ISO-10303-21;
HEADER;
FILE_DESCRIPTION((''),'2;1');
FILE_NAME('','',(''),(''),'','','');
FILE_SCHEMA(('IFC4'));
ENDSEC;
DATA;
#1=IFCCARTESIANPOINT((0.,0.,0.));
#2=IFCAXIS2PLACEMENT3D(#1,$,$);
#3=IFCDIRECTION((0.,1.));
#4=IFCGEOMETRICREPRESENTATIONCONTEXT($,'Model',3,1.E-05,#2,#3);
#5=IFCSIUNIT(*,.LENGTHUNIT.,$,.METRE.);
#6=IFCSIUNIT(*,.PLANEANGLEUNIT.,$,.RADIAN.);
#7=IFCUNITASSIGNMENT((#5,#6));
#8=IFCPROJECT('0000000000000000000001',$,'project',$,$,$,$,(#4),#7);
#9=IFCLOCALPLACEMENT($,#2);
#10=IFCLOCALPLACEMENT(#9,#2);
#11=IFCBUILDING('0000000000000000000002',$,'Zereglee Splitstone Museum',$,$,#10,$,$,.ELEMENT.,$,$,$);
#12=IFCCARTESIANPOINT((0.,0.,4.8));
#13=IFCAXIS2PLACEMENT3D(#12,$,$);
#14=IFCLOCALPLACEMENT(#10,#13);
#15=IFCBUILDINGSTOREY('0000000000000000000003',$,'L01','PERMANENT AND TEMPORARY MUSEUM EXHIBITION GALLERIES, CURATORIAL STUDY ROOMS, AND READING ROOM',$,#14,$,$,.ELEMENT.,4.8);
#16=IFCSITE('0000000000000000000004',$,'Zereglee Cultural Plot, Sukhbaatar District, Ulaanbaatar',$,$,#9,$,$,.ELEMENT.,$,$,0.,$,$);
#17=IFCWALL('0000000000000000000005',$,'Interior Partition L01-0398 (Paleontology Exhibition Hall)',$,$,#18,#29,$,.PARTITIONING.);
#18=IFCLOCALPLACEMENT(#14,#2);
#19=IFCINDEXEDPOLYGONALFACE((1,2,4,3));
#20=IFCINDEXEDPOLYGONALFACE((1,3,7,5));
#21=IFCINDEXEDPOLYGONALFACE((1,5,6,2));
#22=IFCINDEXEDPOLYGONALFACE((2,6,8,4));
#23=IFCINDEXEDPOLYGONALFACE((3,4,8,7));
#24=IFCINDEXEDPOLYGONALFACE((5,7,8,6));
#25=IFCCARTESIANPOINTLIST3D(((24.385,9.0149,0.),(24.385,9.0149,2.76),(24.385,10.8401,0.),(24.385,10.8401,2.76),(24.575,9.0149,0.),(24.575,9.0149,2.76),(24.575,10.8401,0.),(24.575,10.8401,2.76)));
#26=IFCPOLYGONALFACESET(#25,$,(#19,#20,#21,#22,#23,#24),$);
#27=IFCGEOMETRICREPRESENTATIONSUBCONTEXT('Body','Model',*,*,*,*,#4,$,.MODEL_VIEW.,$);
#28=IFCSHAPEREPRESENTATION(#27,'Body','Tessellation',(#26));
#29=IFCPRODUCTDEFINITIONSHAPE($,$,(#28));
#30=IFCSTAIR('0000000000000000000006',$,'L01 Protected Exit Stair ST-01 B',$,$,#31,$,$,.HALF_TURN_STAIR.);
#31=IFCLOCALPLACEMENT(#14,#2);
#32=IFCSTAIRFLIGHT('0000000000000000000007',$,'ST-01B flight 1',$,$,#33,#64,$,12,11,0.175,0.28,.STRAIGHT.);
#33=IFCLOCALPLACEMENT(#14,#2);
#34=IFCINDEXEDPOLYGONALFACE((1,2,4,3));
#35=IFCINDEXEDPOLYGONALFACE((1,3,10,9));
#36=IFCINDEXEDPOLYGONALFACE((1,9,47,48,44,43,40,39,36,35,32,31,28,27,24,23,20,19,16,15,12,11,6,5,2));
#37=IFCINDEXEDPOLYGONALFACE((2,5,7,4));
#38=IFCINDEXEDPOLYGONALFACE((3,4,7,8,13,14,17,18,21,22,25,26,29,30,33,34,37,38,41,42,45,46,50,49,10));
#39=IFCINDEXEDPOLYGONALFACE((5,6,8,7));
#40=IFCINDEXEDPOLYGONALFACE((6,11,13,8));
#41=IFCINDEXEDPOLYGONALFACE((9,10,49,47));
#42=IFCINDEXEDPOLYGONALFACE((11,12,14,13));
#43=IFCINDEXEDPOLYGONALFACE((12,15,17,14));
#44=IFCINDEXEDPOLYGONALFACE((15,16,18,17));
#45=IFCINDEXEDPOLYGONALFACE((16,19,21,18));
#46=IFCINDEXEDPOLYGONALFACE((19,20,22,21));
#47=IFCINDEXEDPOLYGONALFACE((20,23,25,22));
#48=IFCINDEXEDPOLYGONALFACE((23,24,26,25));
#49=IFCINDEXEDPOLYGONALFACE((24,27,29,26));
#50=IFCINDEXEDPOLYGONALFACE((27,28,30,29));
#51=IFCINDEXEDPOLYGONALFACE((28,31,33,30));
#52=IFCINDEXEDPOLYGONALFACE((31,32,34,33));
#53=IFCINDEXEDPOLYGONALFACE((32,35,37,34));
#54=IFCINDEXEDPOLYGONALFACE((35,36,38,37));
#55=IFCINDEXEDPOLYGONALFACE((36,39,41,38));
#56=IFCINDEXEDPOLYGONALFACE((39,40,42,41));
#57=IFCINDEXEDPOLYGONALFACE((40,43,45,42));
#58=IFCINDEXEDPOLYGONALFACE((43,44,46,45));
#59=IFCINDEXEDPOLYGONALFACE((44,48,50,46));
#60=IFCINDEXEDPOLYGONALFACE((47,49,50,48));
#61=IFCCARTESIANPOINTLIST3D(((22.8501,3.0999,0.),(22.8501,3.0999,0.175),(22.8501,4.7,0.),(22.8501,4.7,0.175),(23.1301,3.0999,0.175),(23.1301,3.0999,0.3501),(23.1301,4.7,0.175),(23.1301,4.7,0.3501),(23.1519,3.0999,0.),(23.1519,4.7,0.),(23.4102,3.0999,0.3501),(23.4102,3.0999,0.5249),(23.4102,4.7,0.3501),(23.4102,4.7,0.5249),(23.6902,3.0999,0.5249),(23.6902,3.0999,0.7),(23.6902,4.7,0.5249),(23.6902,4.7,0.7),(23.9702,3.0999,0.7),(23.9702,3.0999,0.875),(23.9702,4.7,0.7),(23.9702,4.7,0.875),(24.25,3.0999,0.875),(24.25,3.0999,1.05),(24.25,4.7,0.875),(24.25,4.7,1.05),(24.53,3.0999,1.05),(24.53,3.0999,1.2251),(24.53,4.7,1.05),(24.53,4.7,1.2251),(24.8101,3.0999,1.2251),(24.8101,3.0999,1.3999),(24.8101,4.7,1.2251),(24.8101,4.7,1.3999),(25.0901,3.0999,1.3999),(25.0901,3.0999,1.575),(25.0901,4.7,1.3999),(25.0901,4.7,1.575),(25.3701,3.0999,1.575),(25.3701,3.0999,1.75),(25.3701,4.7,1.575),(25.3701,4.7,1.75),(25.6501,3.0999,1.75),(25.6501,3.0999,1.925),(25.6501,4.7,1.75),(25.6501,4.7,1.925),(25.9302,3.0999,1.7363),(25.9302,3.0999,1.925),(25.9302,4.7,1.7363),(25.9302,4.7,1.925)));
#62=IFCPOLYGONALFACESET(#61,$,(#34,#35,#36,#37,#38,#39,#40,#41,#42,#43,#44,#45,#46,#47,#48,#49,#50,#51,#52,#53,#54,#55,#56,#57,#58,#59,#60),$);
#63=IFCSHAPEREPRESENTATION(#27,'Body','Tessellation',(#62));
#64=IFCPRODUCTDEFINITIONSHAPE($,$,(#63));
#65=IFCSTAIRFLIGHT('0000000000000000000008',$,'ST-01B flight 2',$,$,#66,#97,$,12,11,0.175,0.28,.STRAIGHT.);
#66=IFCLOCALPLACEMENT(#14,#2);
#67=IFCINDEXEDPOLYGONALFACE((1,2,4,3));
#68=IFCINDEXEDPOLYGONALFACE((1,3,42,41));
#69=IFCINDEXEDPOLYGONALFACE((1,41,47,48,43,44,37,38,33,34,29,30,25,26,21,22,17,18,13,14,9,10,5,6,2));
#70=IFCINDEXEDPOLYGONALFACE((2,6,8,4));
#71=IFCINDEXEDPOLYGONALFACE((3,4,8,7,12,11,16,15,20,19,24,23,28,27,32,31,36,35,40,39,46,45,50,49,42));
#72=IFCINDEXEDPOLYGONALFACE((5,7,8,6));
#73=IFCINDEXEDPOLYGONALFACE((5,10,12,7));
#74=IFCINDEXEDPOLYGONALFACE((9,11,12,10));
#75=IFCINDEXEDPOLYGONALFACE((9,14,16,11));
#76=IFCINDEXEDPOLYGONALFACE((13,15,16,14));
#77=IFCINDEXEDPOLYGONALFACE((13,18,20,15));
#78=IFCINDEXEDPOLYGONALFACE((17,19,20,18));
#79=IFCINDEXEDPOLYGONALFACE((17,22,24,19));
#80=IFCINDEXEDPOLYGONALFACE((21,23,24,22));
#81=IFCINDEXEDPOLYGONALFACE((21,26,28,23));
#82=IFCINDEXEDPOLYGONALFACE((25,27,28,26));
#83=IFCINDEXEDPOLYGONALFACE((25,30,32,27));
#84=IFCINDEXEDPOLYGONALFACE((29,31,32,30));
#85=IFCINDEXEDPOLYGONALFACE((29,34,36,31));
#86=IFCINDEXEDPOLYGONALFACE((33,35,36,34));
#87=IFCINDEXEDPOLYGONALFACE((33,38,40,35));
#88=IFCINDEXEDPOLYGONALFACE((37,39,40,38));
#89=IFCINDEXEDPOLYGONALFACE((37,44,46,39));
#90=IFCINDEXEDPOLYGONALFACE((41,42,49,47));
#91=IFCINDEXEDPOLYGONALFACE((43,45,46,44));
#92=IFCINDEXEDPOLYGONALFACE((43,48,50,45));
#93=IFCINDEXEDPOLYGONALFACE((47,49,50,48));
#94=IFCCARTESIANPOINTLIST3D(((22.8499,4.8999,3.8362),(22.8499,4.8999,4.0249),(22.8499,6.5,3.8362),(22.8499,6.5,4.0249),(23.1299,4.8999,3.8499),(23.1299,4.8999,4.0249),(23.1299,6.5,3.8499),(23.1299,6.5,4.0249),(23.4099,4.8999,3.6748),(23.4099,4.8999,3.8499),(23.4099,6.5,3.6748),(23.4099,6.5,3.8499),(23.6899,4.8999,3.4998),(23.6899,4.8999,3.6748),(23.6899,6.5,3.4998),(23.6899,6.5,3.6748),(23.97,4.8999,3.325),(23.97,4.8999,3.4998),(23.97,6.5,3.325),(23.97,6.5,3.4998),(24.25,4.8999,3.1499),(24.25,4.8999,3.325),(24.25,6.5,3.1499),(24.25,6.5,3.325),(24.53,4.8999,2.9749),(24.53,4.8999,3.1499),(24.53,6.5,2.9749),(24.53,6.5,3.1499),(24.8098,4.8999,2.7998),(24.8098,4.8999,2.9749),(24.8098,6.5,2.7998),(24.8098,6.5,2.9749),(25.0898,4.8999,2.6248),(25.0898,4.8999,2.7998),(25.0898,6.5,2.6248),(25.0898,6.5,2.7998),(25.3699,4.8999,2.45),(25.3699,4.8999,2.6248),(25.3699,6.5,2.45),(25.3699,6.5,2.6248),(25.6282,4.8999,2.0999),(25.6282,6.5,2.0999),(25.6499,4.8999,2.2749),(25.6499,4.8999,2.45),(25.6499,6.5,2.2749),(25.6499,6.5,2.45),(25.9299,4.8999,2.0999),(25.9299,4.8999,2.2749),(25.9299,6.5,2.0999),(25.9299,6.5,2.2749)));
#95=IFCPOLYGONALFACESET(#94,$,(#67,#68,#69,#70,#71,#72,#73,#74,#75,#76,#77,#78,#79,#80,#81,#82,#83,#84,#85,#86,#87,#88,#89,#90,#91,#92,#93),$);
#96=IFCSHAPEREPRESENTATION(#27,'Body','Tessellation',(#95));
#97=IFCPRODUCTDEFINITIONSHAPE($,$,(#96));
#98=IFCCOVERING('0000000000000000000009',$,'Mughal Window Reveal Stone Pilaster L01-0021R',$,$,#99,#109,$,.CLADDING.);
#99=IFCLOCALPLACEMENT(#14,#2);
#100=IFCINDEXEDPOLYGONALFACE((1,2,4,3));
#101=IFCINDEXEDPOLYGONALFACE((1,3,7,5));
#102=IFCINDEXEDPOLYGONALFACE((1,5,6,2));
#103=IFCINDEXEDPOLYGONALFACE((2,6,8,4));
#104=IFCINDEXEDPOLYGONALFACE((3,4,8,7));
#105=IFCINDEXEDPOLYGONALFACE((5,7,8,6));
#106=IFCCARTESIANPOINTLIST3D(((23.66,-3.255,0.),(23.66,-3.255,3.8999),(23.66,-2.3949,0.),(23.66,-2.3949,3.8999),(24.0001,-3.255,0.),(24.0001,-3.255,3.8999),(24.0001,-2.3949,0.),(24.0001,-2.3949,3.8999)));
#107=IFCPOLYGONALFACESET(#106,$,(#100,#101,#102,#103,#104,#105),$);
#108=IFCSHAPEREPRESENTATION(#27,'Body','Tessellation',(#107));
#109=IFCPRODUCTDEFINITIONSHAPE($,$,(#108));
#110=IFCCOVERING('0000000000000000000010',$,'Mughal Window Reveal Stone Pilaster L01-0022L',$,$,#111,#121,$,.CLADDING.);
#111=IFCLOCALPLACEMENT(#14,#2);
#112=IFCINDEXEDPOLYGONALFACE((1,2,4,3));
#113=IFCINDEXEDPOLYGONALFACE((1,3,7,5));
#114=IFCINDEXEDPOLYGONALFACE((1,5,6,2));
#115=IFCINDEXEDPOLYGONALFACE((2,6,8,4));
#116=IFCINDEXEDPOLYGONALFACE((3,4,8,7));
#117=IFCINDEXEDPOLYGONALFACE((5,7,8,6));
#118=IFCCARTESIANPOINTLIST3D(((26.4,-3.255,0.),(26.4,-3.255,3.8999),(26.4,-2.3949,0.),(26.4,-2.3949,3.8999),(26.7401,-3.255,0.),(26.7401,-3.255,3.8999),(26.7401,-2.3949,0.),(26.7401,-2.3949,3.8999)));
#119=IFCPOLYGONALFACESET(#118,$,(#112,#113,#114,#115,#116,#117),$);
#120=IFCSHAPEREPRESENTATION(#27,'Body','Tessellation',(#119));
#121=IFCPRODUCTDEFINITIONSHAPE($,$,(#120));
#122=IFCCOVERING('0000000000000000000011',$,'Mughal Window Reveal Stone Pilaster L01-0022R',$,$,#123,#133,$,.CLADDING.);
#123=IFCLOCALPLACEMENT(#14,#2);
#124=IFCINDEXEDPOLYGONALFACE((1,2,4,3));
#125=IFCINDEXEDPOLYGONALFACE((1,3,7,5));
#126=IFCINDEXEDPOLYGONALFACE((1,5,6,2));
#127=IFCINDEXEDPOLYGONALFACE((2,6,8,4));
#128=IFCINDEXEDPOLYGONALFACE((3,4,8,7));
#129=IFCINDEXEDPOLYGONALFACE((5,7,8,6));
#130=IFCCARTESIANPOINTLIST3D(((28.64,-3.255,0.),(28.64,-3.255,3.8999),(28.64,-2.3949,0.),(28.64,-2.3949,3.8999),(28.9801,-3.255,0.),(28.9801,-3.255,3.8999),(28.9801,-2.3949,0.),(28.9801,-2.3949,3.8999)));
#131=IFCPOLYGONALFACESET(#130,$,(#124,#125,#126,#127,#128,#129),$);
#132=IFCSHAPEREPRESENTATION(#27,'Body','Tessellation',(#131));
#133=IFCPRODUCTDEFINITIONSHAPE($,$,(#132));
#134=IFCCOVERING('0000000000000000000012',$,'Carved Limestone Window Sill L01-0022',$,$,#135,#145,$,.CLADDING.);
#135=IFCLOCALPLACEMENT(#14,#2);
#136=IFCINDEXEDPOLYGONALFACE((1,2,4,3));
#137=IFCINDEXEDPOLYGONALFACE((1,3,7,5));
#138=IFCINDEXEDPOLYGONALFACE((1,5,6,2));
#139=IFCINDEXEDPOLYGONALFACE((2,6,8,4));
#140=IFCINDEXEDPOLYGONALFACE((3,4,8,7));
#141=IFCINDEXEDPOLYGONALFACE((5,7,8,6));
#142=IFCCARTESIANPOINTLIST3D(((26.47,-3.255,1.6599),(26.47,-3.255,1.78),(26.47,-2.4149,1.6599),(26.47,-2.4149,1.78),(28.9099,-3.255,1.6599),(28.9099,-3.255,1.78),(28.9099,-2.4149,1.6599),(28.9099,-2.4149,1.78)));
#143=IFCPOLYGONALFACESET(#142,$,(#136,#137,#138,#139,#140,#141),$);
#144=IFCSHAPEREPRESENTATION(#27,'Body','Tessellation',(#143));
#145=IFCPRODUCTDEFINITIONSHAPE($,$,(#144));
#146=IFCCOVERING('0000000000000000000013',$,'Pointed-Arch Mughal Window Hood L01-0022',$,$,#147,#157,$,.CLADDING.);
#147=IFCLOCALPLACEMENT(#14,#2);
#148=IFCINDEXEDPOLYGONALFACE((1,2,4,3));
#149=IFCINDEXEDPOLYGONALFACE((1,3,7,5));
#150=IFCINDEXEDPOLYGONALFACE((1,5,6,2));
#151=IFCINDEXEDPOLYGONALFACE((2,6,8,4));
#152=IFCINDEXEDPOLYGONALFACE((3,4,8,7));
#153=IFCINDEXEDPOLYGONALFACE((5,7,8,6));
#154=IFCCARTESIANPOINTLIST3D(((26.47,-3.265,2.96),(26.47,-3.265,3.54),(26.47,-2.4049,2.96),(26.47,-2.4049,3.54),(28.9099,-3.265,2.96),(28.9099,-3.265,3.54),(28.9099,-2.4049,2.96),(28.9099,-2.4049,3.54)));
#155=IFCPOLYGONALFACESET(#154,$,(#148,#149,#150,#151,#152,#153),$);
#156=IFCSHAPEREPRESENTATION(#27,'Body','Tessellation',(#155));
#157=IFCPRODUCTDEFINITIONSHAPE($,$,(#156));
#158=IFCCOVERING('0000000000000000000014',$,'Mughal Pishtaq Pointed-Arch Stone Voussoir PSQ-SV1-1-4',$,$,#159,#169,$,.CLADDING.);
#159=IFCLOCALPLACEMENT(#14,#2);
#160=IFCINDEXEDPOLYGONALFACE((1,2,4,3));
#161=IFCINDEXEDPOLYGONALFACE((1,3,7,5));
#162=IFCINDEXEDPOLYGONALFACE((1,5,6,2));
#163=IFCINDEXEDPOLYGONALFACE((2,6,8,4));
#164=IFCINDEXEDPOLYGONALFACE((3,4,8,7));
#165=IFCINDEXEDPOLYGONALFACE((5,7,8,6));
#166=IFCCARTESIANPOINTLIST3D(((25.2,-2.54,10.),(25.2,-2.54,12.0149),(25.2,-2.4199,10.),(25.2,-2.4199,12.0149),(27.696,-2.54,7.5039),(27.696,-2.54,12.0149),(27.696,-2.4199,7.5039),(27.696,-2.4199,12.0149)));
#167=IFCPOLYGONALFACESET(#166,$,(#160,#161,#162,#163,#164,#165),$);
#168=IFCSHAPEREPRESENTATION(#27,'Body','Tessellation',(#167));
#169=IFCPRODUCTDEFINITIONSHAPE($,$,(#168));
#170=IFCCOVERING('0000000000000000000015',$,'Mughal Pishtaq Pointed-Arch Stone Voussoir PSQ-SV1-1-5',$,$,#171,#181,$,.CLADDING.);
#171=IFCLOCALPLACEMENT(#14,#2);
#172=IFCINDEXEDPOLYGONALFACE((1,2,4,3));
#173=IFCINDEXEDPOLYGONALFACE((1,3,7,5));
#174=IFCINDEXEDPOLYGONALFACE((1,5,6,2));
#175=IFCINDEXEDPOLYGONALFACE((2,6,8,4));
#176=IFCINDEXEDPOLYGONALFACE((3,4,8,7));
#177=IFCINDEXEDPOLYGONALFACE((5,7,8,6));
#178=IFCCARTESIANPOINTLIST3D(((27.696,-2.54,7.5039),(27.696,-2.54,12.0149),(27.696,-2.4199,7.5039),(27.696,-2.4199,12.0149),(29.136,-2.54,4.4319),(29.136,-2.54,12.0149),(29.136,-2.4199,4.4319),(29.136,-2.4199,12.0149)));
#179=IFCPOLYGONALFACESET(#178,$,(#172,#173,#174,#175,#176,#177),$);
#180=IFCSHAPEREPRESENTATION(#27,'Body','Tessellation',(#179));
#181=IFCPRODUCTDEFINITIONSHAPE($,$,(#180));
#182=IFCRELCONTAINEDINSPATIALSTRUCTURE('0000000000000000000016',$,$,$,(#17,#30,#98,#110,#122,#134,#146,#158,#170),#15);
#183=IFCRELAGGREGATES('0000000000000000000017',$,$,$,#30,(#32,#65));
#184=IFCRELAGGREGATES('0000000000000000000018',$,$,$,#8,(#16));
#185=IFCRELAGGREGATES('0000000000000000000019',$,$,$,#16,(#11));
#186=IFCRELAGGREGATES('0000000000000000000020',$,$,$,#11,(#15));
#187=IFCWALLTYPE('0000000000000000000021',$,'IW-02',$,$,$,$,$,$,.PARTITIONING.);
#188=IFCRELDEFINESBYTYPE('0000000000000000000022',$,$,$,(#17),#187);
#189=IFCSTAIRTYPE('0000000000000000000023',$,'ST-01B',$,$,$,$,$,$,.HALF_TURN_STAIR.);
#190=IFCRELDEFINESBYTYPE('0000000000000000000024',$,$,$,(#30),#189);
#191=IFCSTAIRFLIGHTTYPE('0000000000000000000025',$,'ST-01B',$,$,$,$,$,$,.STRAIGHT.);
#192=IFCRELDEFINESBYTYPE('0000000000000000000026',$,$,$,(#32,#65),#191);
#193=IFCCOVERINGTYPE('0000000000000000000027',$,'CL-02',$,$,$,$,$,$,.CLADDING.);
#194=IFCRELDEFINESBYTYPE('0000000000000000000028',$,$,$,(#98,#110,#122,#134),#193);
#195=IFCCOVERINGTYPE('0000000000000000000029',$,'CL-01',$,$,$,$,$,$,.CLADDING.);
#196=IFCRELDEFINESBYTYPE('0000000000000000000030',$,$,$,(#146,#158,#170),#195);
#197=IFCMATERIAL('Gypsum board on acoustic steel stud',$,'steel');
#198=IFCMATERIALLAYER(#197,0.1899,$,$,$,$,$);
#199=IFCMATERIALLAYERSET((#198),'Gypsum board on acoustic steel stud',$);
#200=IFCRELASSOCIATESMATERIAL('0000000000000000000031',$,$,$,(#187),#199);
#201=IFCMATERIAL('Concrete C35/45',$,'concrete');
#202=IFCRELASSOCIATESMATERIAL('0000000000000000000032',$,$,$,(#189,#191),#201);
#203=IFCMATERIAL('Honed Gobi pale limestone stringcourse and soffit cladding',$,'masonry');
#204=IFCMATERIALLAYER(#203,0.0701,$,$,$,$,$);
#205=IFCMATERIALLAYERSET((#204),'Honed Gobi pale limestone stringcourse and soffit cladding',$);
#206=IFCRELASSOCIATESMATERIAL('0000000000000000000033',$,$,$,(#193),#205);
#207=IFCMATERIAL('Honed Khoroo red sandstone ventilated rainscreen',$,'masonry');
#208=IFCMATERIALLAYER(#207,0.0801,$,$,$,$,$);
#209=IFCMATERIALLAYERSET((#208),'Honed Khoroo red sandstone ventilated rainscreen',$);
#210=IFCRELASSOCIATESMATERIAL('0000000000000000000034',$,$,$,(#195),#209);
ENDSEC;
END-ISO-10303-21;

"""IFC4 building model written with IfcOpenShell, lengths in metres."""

from ifc_helpers import new_model, si_unit, direction, frame, frame_2d, origin, origin_2d, place, context, subcontext, project, spatial, polyline, rectangle, outline, extrude, material, layer, layer_set, type_object, element, aggregate, save


model = new_model("IFC4")

# Units and contexts
model_context = context("Model", 3, precision=1e-05, world=origin(), true_north=direction((0.0, 1.0)))
body_context = subcontext(model_context, "Body", "Model", "MODEL_VIEW")
ifc_project = project(units=[si_unit("LENGTHUNIT", "METRE"), si_unit("PLANEANGLEUNIT", "RADIAN")], contexts=[model_context])

# Site, building, storey
site_placement = place(None, origin())
site = spatial("IfcSite", under=ifc_project, at=site_placement, Name="Zereglee Cultural Plot, Sukhbaatar District, Ulaanbaatar", CompositionType="ELEMENT", RefElevation=0.0)
building_placement = place(site_placement, origin())
building = spatial("IfcBuilding", under=site, at=building_placement, Name="Zereglee Splitstone Museum", CompositionType="ELEMENT")
storey_placement = place(building_placement, frame((0.0, 0.0, 4.8)))
storey = spatial("IfcBuildingStorey", under=building, at=storey_placement, Name="L01", Description="PERMANENT AND TEMPORARY MUSEUM EXHIBITION GALLERIES, CURATORIAL STUDY ROOMS, AND READING ROOM", CompositionType="ELEMENT", Elevation=4.8)

# Wall
ifc_material_1 = material(Name="Gypsum board on acoustic steel stud", Category="steel")
ifc_layer_1 = layer(ifc_material_1, 0.1899)
ifc_layer_set_1 = layer_set([ifc_layer_1], Name="Gypsum board on acoustic steel stud")
wall_type_1 = type_object("IfcWallType", Name="IW-02", PredefinedType="PARTITIONING", material=ifc_layer_set_1)
wall_1_placement = place(storey_placement, frame((24.48, 9.0149, 0.0), z_axis=(0.0, 0.0, 1.0), x_axis=(0.0, 1.0, 0.0)))
element("IfcWall", 1, at=wall_1_placement, inside=storey, type_object=wall_type_1, Name="Interior Partition L01-0398 (Paleontology Exhibition Hall)", PredefinedType="PARTITIONING", context=body_context, shape_type="SweptSolid", body=[
    extrude(rectangle(XDim=1.8252, YDim=0.1899, at=frame_2d((0.9126, 0.0))), origin(), (0.0, 0.0, 1.0), 2.76),
])

# Stair, stair flights
ifc_material_2 = material(Name="Concrete C35/45", Category="concrete")
stair_type = type_object("IfcStairType", Name="ST-01B", PredefinedType="HALF_TURN_STAIR", material=ifc_material_2)
stair_placement = place(storey_placement, origin())
stair = element("IfcStair", 2, at=stair_placement, inside=storey, type_object=stair_type, Name="L01 Protected Exit Stair ST-01 B", PredefinedType="HALF_TURN_STAIR")
stair_flight_type = type_object("IfcStairFlightType", Name="ST-01B", PredefinedType="STRAIGHT", material=ifc_material_2)
stair_flight_1_placement = place(storey_placement, frame((22.8501, 3.8999, 0.0), z_axis=(0.0, 0.0, 1.0), x_axis=(1.0, 0.0, 0.0)))
stair_flight_1 = element("IfcStairFlight", 3, at=stair_flight_1_placement, type_object=stair_flight_type, Name="ST-01B flight 1", NumberOfRisers=12, NumberOfTreads=11, PredefinedType="STRAIGHT", RiserHeight=0.175, TreadLength=0.28, context=body_context, shape_type="SweptSolid", body=[
    extrude(outline(polyline([(0.0, 0.0), (0.0, 0.175), (0.28, 0.175), (0.28, 0.3501), (0.5601, 0.3501), (0.5601, 0.5249), (0.8401, 0.5249), (0.8401, 0.7), (1.1201, 0.7), (1.1201, 0.875), (1.3999, 0.875), (1.3999, 1.05), (1.6799, 1.05), (1.6799, 1.2251), (1.96, 1.2251), (1.96, 1.3999), (2.24, 1.3999), (2.24, 1.575), (2.52, 1.575), (2.52, 1.75), (2.8, 1.75), (2.8, 1.925), (3.0801, 1.925), (3.0801, 2.1001), (3.0801, 1.7363), (0.3018, 0.0), (0.0, 0.0)])), frame((0.0, 0.8, 0.0), z_axis=(0.0, -1.0, 0.0), x_axis=(1.0, 0.0, 0.0)), (0.0, 0.0, 1.0), 1.6001),
])
stair_flight_2_placement = place(storey_placement, frame((25.9299, 5.7, 2.0999), z_axis=(0.0, 0.0, 1.0), x_axis=(-1.0, 0.0, 0.0)))
stair_flight_2 = element("IfcStairFlight", 4, at=stair_flight_2_placement, type_object=stair_flight_type, Name="ST-01B flight 2", NumberOfRisers=12, NumberOfTreads=11, PredefinedType="STRAIGHT", RiserHeight=0.175, TreadLength=0.28, context=body_context, shape_type="SweptSolid", body=[
    extrude(outline(polyline([(0.0, 0.0), (0.0, 0.175), (0.28, 0.175), (0.28, 0.3501), (0.5601, 0.3501), (0.5601, 0.5249), (0.8401, 0.5249), (0.8401, 0.7), (1.1201, 0.7), (1.1201, 0.875), (1.3999, 0.875), (1.3999, 1.05), (1.6799, 1.05), (1.6799, 1.2251), (1.96, 1.2251), (1.96, 1.3999), (2.24, 1.3999), (2.24, 1.575), (2.52, 1.575), (2.52, 1.75), (2.8, 1.75), (2.8, 1.925), (3.0801, 1.925), (3.0801, 2.1001), (3.0801, 1.7363), (0.3018, 0.0), (0.0, 0.0)])), frame((0.0, 0.8, 0.0), z_axis=(0.0, -1.0, 0.0), x_axis=(1.0, 0.0, 0.0)), (0.0, 0.0, 1.0), 1.6001),
])
aggregate(stair, [stair_flight_1, stair_flight_2])

# Coverings
ifc_material_3 = material(Name="Honed Gobi pale limestone stringcourse and soffit cladding", Category="masonry")
ifc_layer_2 = layer(ifc_material_3, 0.0701)
ifc_layer_set_2 = layer_set([ifc_layer_2], Name="Honed Gobi pale limestone stringcourse and soffit cladding")
covering_type_1 = type_object("IfcCoveringType", Name="CL-02", PredefinedType="CLADDING", material=ifc_layer_set_2)
for number, where, z_axis, x_axis, name in (
    (5, (23.8301, -2.825, 0.0), (0.0, 0.0, 1.0), (1.0, 0.0, 0.0), "Mughal Window Reveal Stone Pilaster L01-0021R"),
    (6, (26.5701, -2.825, 0.0), (0.0, 0.0, 1.0), (1.0, 0.0, 0.0), "Mughal Window Reveal Stone Pilaster L01-0022L"),
    (7, (28.8101, -2.825, 0.0), (0.0, 0.0, 1.0), (1.0, 0.0, 0.0), "Mughal Window Reveal Stone Pilaster L01-0022R"),
):
    element("IfcCovering", number, at=place(storey_placement, frame(where, z_axis=z_axis, x_axis=x_axis)), inside=storey, type_object=covering_type_1, Name=name, PredefinedType="CLADDING", context=body_context, shape_type="SweptSolid", body=[
        extrude(rectangle(XDim=0.3401, YDim=0.8601, at=origin_2d()), origin(), (0.0, 0.0, 1.0), 3.8999),
    ])
covering_1_placement = place(storey_placement, frame((27.6899, -2.835, 1.6599), z_axis=(0.0, 0.0, 1.0), x_axis=(1.0, 0.0, 0.0)))
element("IfcCovering", 8, at=covering_1_placement, inside=storey, type_object=covering_type_1, Name="Carved Limestone Window Sill L01-0022", PredefinedType="CLADDING", context=body_context, shape_type="SweptSolid", body=[
    extrude(rectangle(XDim=2.4399, YDim=0.8401, at=origin_2d()), origin(), (0.0, 0.0, 1.0), 0.1201),
])
ifc_material_4 = material(Name="Honed Khoroo red sandstone ventilated rainscreen", Category="masonry")
ifc_layer_3 = layer(ifc_material_4, 0.0801)
ifc_layer_set_3 = layer_set([ifc_layer_3], Name="Honed Khoroo red sandstone ventilated rainscreen")
covering_type_2 = type_object("IfcCoveringType", Name="CL-01", PredefinedType="CLADDING", material=ifc_layer_set_3)
covering_2_placement = place(storey_placement, frame((27.6899, -2.835, 2.96), z_axis=(0.0, 0.0, 1.0), x_axis=(1.0, 0.0, 0.0)))
element("IfcCovering", 9, at=covering_2_placement, inside=storey, type_object=covering_type_2, Name="Pointed-Arch Mughal Window Hood L01-0022", PredefinedType="CLADDING", context=body_context, shape_type="SweptSolid", body=[
    extrude(rectangle(XDim=2.4399, YDim=0.8601, at=origin_2d()), origin(), (0.0, 0.0, 1.0), 0.5801),
])
covering_3_placement = place(storey_placement, frame((25.2, -2.54, 10.0), z_axis=(0.0, -1.0, 0.0), x_axis=(0.707107, 0.0, -0.707107)))
element("IfcCovering", 10, at=covering_3_placement, inside=storey, type_object=covering_type_2, Name="Mughal Pishtaq Pointed-Arch Stone Voussoir PSQ-SV1-1-4", PredefinedType="CLADDING", context=body_context, shape_type="SweptSolid", body=[
    extrude(outline(polyline([(0.0, 0.0), (3.53, 0.0), (0.3403, 3.1897), (-1.4247, 1.4247), (0.0, 0.0)])), origin(), (0.0, 0.0, -1.0), 0.1201),
])
covering_4_placement = place(storey_placement, frame((27.696, -2.54, 7.5039), z_axis=(0.0, -1.0, 0.0), x_axis=(0.424417, 0.0, -0.905467)))
element("IfcCovering", 11, at=covering_4_placement, inside=storey, type_object=covering_type_2, Name="Mughal Pishtaq Pointed-Arch Stone Voussoir PSQ-SV1-1-5", PredefinedType="CLADDING", context=body_context, shape_type="SweptSolid", body=[
    extrude(outline(polyline([(0.0, 0.0), (3.3927, 0.0), (-3.4734, 3.2184), (-4.0845, 1.9145), (0.0, 0.0)])), origin(), (0.0, 0.0, -1.0), 0.1201),
])

save(model, "model.ifc")
